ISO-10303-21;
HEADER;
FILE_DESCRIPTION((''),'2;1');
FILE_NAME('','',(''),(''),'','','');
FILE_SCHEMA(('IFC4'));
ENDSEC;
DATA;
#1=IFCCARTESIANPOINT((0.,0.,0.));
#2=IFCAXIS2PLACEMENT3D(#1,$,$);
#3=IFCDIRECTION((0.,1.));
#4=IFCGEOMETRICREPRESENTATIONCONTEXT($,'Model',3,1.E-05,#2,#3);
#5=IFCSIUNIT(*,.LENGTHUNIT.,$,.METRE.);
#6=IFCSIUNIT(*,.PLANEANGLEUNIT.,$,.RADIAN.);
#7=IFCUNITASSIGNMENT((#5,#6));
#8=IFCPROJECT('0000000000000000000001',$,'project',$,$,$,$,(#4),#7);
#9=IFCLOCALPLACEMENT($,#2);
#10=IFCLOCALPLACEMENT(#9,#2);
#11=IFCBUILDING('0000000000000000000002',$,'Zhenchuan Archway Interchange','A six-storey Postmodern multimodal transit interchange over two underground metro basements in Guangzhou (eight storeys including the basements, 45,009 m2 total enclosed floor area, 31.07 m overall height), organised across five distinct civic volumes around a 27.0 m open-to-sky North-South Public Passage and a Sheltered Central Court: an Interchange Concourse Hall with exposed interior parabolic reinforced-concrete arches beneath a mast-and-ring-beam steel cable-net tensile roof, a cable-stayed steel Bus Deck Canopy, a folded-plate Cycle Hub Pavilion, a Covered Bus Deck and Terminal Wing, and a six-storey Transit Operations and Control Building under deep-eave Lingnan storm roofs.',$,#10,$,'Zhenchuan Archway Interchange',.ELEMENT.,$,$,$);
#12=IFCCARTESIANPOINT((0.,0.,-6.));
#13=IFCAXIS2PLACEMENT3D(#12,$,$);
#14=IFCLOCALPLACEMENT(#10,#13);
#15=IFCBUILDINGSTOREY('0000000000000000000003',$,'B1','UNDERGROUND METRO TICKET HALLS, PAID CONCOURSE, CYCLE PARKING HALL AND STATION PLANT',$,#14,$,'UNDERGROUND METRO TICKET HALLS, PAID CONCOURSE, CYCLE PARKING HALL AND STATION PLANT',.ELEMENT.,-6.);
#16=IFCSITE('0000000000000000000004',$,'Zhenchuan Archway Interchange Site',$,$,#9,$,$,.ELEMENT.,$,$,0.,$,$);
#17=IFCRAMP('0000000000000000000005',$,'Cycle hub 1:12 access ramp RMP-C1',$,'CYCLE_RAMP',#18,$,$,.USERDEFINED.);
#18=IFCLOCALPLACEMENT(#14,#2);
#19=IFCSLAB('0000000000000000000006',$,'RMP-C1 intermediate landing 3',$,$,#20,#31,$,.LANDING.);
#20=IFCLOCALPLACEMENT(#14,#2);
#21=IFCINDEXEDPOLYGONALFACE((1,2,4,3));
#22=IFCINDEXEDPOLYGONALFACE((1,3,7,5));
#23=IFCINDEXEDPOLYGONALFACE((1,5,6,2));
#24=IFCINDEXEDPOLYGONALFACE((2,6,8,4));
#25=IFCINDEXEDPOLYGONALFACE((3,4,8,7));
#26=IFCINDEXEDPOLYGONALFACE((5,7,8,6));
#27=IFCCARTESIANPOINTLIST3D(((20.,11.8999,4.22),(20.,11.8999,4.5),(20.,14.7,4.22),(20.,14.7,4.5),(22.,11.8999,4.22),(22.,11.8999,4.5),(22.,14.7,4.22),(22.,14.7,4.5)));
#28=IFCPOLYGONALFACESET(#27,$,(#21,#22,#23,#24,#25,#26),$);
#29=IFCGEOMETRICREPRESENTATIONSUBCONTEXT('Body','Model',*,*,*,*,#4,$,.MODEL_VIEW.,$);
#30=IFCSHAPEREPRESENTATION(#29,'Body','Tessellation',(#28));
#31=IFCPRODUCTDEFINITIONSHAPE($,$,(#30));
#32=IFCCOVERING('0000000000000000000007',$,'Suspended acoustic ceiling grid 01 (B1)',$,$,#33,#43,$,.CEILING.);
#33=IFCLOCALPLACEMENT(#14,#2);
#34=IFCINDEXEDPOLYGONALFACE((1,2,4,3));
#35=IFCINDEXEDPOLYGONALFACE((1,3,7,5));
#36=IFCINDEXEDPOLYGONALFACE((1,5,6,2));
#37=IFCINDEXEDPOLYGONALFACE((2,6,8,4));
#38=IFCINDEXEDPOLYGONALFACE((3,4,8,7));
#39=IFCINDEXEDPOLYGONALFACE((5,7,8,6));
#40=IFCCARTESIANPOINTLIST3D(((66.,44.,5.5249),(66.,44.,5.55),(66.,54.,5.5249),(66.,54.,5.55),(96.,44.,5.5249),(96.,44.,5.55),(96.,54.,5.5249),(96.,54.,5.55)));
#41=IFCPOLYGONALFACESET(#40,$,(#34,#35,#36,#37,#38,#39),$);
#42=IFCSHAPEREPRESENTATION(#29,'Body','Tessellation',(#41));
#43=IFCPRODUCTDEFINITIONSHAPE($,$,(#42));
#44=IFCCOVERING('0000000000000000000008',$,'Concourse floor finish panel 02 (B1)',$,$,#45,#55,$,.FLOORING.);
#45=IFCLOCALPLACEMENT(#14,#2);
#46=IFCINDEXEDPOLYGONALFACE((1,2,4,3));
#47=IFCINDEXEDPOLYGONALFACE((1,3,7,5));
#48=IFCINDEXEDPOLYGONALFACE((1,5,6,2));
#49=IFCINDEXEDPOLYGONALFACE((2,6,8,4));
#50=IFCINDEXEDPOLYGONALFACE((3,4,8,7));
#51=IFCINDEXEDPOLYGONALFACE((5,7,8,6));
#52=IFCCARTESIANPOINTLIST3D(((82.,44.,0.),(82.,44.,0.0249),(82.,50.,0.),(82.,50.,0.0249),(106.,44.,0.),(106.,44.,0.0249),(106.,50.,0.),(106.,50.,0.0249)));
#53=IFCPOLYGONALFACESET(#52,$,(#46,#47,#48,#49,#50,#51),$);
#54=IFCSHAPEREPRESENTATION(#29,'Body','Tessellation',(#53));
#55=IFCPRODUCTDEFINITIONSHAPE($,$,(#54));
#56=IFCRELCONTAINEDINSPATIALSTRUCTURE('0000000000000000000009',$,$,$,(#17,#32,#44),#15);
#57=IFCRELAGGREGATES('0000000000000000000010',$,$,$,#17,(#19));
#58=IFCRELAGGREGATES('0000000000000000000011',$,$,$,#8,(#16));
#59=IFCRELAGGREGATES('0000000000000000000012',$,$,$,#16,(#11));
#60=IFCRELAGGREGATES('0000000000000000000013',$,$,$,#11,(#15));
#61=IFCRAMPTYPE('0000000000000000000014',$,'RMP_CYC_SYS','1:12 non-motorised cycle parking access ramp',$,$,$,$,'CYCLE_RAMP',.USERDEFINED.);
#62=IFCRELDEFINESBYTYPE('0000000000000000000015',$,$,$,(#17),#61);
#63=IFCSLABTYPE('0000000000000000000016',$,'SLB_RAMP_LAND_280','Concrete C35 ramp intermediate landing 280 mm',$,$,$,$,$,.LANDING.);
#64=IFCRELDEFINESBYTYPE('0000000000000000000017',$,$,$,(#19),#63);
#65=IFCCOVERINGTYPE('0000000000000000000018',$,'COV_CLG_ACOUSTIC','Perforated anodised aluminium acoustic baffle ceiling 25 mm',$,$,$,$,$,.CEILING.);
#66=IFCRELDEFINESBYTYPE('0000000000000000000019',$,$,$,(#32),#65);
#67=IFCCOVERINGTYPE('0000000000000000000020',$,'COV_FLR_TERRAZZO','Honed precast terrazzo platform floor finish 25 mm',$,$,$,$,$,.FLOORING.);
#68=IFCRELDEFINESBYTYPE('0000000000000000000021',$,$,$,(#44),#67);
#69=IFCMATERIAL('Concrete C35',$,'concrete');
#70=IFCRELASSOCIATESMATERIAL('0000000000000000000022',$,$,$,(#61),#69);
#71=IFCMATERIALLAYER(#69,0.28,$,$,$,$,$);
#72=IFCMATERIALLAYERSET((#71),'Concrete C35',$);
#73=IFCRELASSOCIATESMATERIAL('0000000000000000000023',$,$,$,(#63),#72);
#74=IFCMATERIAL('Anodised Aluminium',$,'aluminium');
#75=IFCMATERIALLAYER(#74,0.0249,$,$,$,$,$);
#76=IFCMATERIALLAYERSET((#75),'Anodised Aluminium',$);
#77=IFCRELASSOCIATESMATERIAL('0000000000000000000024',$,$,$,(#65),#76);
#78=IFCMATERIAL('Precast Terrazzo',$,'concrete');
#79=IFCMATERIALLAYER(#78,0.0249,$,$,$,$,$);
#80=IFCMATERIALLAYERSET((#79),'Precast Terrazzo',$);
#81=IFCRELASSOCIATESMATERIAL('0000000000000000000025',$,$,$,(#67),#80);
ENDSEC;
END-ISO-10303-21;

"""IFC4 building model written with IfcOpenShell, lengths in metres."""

from ifc_helpers import new_model, si_unit, direction, frame, origin, place, context, subcontext, project, spatial, polyline, outline, extrude, material, layer, layer_set, type_object, element, aggregate, save


model = new_model("IFC4")

# Units and contexts
model_context = context("Model", 3, precision=1e-05, world=origin(), true_north=direction((0.0, 1.0)))
body_context = subcontext(model_context, "Body", "Model", "MODEL_VIEW")
ifc_project = project(units=[si_unit("LENGTHUNIT", "METRE"), si_unit("PLANEANGLEUNIT", "RADIAN")], contexts=[model_context])

# Site, building, storey
site_placement = place(None, origin())
site = spatial("IfcSite", under=ifc_project, at=site_placement, Name="Zhenchuan Archway Interchange Site", CompositionType="ELEMENT", RefElevation=0.0)
building_placement = place(site_placement, origin())
building = spatial("IfcBuilding", under=site, at=building_placement, Name="Zhenchuan Archway Interchange", Description="A six-storey Postmodern multimodal transit interchange over two underground metro basements in Guangzhou (eight storeys including the basements, 45,009 m2 total enclosed floor area, 31.07 m overall height), organised across five distinct civic volumes around a 27.0 m open-to-sky North-South Public Passage and a Sheltered Central Court: an Interchange Concourse Hall with exposed interior parabolic reinforced-concrete arches beneath a mast-and-ring-beam steel cable-net tensile roof, a cable-stayed steel Bus Deck Canopy, a folded-plate Cycle Hub Pavilion, a Covered Bus Deck and Terminal Wing, and a six-storey Transit Operations and Control Building under deep-eave Lingnan storm roofs.", LongName="Zhenchuan Archway Interchange", CompositionType="ELEMENT")
storey_placement = place(building_placement, frame((0.0, 0.0, -6.0)))
storey = spatial("IfcBuildingStorey", under=building, at=storey_placement, Name="B1", Description="UNDERGROUND METRO TICKET HALLS, PAID CONCOURSE, CYCLE PARKING HALL AND STATION PLANT", LongName="UNDERGROUND METRO TICKET HALLS, PAID CONCOURSE, CYCLE PARKING HALL AND STATION PLANT", CompositionType="ELEMENT", Elevation=-6.0)

# Shared definitions
ifc_material_1 = material(Name="Concrete C35", Category="concrete")

# Ramp, slab
ramp_type = type_object("IfcRampType", Name="RMP_CYC_SYS", Description="1:12 non-motorised cycle parking access ramp", ElementType="CYCLE_RAMP", PredefinedType="USERDEFINED", material=ifc_material_1)
ramp_placement = place(storey_placement, origin())
ramp = element("IfcRamp", 1, at=ramp_placement, inside=storey, type_object=ramp_type, Name="Cycle hub 1:12 access ramp RMP-C1", ObjectType="CYCLE_RAMP", PredefinedType="USERDEFINED")
ifc_layer_1 = layer(ifc_material_1, 0.28)
ifc_layer_set_1 = layer_set([ifc_layer_1], Name="Concrete C35")
slab_type_1 = type_object("IfcSlabType", Name="SLB_RAMP_LAND_280", Description="Concrete C35 ramp intermediate landing 280 mm", PredefinedType="LANDING", material=ifc_layer_set_1)
slab_1_placement = place(storey_placement, frame((0.0, 0.0, 4.22)))
slab_1 = element("IfcSlab", 2, at=slab_1_placement, type_object=slab_type_1, Name="RMP-C1 intermediate landing 3", PredefinedType="LANDING", context=body_context, shape_type="SweptSolid", body=[
    extrude(outline(polyline([(20.0, 11.8999), (22.0, 11.8999), (22.0, 14.7), (20.0, 14.7), (20.0, 11.8999)])), origin(), (0.0, 0.0, 1.0), 0.28),
])
aggregate(ramp, [slab_1])

# Coverings
ifc_material_2 = material(Name="Anodised Aluminium", Category="aluminium")
ifc_layer_2 = layer(ifc_material_2, 0.0249)
ifc_layer_set_2 = layer_set([ifc_layer_2], Name="Anodised Aluminium")
covering_type_1 = type_object("IfcCoveringType", Name="COV_CLG_ACOUSTIC", Description="Perforated anodised aluminium acoustic baffle ceiling 25 mm", PredefinedType="CEILING", material=ifc_layer_set_2)
covering_1_placement = place(storey_placement, frame((0.0, 0.0, 5.5249)))
element("IfcCovering", 3, at=covering_1_placement, inside=storey, type_object=covering_type_1, Name="Suspended acoustic ceiling grid 01 (B1)", PredefinedType="CEILING", context=body_context, shape_type="SweptSolid", body=[
    extrude(outline(polyline([(66.0, 44.0), (96.0, 44.0), (96.0, 54.0), (66.0, 54.0), (66.0, 44.0)])), origin(), (0.0, 0.0, 1.0), 0.0251),
])
ifc_material_3 = material(Name="Precast Terrazzo", Category="concrete")
ifc_layer_3 = layer(ifc_material_3, 0.0249)
ifc_layer_set_3 = layer_set([ifc_layer_3], Name="Precast Terrazzo")
covering_type_2 = type_object("IfcCoveringType", Name="COV_FLR_TERRAZZO", Description="Honed precast terrazzo platform floor finish 25 mm", PredefinedType="FLOORING", material=ifc_layer_set_3)
covering_2_placement = place(storey_placement, origin())
element("IfcCovering", 4, at=covering_2_placement, inside=storey, type_object=covering_type_2, Name="Concourse floor finish panel 02 (B1)", PredefinedType="FLOORING", context=body_context, shape_type="SweptSolid", body=[
    extrude(outline(polyline([(82.0, 44.0), (106.0, 44.0), (106.0, 50.0), (82.0, 50.0), (82.0, 44.0)])), origin(), (0.0, 0.0, 1.0), 0.0249),
])

save(model, "model.ifc")
